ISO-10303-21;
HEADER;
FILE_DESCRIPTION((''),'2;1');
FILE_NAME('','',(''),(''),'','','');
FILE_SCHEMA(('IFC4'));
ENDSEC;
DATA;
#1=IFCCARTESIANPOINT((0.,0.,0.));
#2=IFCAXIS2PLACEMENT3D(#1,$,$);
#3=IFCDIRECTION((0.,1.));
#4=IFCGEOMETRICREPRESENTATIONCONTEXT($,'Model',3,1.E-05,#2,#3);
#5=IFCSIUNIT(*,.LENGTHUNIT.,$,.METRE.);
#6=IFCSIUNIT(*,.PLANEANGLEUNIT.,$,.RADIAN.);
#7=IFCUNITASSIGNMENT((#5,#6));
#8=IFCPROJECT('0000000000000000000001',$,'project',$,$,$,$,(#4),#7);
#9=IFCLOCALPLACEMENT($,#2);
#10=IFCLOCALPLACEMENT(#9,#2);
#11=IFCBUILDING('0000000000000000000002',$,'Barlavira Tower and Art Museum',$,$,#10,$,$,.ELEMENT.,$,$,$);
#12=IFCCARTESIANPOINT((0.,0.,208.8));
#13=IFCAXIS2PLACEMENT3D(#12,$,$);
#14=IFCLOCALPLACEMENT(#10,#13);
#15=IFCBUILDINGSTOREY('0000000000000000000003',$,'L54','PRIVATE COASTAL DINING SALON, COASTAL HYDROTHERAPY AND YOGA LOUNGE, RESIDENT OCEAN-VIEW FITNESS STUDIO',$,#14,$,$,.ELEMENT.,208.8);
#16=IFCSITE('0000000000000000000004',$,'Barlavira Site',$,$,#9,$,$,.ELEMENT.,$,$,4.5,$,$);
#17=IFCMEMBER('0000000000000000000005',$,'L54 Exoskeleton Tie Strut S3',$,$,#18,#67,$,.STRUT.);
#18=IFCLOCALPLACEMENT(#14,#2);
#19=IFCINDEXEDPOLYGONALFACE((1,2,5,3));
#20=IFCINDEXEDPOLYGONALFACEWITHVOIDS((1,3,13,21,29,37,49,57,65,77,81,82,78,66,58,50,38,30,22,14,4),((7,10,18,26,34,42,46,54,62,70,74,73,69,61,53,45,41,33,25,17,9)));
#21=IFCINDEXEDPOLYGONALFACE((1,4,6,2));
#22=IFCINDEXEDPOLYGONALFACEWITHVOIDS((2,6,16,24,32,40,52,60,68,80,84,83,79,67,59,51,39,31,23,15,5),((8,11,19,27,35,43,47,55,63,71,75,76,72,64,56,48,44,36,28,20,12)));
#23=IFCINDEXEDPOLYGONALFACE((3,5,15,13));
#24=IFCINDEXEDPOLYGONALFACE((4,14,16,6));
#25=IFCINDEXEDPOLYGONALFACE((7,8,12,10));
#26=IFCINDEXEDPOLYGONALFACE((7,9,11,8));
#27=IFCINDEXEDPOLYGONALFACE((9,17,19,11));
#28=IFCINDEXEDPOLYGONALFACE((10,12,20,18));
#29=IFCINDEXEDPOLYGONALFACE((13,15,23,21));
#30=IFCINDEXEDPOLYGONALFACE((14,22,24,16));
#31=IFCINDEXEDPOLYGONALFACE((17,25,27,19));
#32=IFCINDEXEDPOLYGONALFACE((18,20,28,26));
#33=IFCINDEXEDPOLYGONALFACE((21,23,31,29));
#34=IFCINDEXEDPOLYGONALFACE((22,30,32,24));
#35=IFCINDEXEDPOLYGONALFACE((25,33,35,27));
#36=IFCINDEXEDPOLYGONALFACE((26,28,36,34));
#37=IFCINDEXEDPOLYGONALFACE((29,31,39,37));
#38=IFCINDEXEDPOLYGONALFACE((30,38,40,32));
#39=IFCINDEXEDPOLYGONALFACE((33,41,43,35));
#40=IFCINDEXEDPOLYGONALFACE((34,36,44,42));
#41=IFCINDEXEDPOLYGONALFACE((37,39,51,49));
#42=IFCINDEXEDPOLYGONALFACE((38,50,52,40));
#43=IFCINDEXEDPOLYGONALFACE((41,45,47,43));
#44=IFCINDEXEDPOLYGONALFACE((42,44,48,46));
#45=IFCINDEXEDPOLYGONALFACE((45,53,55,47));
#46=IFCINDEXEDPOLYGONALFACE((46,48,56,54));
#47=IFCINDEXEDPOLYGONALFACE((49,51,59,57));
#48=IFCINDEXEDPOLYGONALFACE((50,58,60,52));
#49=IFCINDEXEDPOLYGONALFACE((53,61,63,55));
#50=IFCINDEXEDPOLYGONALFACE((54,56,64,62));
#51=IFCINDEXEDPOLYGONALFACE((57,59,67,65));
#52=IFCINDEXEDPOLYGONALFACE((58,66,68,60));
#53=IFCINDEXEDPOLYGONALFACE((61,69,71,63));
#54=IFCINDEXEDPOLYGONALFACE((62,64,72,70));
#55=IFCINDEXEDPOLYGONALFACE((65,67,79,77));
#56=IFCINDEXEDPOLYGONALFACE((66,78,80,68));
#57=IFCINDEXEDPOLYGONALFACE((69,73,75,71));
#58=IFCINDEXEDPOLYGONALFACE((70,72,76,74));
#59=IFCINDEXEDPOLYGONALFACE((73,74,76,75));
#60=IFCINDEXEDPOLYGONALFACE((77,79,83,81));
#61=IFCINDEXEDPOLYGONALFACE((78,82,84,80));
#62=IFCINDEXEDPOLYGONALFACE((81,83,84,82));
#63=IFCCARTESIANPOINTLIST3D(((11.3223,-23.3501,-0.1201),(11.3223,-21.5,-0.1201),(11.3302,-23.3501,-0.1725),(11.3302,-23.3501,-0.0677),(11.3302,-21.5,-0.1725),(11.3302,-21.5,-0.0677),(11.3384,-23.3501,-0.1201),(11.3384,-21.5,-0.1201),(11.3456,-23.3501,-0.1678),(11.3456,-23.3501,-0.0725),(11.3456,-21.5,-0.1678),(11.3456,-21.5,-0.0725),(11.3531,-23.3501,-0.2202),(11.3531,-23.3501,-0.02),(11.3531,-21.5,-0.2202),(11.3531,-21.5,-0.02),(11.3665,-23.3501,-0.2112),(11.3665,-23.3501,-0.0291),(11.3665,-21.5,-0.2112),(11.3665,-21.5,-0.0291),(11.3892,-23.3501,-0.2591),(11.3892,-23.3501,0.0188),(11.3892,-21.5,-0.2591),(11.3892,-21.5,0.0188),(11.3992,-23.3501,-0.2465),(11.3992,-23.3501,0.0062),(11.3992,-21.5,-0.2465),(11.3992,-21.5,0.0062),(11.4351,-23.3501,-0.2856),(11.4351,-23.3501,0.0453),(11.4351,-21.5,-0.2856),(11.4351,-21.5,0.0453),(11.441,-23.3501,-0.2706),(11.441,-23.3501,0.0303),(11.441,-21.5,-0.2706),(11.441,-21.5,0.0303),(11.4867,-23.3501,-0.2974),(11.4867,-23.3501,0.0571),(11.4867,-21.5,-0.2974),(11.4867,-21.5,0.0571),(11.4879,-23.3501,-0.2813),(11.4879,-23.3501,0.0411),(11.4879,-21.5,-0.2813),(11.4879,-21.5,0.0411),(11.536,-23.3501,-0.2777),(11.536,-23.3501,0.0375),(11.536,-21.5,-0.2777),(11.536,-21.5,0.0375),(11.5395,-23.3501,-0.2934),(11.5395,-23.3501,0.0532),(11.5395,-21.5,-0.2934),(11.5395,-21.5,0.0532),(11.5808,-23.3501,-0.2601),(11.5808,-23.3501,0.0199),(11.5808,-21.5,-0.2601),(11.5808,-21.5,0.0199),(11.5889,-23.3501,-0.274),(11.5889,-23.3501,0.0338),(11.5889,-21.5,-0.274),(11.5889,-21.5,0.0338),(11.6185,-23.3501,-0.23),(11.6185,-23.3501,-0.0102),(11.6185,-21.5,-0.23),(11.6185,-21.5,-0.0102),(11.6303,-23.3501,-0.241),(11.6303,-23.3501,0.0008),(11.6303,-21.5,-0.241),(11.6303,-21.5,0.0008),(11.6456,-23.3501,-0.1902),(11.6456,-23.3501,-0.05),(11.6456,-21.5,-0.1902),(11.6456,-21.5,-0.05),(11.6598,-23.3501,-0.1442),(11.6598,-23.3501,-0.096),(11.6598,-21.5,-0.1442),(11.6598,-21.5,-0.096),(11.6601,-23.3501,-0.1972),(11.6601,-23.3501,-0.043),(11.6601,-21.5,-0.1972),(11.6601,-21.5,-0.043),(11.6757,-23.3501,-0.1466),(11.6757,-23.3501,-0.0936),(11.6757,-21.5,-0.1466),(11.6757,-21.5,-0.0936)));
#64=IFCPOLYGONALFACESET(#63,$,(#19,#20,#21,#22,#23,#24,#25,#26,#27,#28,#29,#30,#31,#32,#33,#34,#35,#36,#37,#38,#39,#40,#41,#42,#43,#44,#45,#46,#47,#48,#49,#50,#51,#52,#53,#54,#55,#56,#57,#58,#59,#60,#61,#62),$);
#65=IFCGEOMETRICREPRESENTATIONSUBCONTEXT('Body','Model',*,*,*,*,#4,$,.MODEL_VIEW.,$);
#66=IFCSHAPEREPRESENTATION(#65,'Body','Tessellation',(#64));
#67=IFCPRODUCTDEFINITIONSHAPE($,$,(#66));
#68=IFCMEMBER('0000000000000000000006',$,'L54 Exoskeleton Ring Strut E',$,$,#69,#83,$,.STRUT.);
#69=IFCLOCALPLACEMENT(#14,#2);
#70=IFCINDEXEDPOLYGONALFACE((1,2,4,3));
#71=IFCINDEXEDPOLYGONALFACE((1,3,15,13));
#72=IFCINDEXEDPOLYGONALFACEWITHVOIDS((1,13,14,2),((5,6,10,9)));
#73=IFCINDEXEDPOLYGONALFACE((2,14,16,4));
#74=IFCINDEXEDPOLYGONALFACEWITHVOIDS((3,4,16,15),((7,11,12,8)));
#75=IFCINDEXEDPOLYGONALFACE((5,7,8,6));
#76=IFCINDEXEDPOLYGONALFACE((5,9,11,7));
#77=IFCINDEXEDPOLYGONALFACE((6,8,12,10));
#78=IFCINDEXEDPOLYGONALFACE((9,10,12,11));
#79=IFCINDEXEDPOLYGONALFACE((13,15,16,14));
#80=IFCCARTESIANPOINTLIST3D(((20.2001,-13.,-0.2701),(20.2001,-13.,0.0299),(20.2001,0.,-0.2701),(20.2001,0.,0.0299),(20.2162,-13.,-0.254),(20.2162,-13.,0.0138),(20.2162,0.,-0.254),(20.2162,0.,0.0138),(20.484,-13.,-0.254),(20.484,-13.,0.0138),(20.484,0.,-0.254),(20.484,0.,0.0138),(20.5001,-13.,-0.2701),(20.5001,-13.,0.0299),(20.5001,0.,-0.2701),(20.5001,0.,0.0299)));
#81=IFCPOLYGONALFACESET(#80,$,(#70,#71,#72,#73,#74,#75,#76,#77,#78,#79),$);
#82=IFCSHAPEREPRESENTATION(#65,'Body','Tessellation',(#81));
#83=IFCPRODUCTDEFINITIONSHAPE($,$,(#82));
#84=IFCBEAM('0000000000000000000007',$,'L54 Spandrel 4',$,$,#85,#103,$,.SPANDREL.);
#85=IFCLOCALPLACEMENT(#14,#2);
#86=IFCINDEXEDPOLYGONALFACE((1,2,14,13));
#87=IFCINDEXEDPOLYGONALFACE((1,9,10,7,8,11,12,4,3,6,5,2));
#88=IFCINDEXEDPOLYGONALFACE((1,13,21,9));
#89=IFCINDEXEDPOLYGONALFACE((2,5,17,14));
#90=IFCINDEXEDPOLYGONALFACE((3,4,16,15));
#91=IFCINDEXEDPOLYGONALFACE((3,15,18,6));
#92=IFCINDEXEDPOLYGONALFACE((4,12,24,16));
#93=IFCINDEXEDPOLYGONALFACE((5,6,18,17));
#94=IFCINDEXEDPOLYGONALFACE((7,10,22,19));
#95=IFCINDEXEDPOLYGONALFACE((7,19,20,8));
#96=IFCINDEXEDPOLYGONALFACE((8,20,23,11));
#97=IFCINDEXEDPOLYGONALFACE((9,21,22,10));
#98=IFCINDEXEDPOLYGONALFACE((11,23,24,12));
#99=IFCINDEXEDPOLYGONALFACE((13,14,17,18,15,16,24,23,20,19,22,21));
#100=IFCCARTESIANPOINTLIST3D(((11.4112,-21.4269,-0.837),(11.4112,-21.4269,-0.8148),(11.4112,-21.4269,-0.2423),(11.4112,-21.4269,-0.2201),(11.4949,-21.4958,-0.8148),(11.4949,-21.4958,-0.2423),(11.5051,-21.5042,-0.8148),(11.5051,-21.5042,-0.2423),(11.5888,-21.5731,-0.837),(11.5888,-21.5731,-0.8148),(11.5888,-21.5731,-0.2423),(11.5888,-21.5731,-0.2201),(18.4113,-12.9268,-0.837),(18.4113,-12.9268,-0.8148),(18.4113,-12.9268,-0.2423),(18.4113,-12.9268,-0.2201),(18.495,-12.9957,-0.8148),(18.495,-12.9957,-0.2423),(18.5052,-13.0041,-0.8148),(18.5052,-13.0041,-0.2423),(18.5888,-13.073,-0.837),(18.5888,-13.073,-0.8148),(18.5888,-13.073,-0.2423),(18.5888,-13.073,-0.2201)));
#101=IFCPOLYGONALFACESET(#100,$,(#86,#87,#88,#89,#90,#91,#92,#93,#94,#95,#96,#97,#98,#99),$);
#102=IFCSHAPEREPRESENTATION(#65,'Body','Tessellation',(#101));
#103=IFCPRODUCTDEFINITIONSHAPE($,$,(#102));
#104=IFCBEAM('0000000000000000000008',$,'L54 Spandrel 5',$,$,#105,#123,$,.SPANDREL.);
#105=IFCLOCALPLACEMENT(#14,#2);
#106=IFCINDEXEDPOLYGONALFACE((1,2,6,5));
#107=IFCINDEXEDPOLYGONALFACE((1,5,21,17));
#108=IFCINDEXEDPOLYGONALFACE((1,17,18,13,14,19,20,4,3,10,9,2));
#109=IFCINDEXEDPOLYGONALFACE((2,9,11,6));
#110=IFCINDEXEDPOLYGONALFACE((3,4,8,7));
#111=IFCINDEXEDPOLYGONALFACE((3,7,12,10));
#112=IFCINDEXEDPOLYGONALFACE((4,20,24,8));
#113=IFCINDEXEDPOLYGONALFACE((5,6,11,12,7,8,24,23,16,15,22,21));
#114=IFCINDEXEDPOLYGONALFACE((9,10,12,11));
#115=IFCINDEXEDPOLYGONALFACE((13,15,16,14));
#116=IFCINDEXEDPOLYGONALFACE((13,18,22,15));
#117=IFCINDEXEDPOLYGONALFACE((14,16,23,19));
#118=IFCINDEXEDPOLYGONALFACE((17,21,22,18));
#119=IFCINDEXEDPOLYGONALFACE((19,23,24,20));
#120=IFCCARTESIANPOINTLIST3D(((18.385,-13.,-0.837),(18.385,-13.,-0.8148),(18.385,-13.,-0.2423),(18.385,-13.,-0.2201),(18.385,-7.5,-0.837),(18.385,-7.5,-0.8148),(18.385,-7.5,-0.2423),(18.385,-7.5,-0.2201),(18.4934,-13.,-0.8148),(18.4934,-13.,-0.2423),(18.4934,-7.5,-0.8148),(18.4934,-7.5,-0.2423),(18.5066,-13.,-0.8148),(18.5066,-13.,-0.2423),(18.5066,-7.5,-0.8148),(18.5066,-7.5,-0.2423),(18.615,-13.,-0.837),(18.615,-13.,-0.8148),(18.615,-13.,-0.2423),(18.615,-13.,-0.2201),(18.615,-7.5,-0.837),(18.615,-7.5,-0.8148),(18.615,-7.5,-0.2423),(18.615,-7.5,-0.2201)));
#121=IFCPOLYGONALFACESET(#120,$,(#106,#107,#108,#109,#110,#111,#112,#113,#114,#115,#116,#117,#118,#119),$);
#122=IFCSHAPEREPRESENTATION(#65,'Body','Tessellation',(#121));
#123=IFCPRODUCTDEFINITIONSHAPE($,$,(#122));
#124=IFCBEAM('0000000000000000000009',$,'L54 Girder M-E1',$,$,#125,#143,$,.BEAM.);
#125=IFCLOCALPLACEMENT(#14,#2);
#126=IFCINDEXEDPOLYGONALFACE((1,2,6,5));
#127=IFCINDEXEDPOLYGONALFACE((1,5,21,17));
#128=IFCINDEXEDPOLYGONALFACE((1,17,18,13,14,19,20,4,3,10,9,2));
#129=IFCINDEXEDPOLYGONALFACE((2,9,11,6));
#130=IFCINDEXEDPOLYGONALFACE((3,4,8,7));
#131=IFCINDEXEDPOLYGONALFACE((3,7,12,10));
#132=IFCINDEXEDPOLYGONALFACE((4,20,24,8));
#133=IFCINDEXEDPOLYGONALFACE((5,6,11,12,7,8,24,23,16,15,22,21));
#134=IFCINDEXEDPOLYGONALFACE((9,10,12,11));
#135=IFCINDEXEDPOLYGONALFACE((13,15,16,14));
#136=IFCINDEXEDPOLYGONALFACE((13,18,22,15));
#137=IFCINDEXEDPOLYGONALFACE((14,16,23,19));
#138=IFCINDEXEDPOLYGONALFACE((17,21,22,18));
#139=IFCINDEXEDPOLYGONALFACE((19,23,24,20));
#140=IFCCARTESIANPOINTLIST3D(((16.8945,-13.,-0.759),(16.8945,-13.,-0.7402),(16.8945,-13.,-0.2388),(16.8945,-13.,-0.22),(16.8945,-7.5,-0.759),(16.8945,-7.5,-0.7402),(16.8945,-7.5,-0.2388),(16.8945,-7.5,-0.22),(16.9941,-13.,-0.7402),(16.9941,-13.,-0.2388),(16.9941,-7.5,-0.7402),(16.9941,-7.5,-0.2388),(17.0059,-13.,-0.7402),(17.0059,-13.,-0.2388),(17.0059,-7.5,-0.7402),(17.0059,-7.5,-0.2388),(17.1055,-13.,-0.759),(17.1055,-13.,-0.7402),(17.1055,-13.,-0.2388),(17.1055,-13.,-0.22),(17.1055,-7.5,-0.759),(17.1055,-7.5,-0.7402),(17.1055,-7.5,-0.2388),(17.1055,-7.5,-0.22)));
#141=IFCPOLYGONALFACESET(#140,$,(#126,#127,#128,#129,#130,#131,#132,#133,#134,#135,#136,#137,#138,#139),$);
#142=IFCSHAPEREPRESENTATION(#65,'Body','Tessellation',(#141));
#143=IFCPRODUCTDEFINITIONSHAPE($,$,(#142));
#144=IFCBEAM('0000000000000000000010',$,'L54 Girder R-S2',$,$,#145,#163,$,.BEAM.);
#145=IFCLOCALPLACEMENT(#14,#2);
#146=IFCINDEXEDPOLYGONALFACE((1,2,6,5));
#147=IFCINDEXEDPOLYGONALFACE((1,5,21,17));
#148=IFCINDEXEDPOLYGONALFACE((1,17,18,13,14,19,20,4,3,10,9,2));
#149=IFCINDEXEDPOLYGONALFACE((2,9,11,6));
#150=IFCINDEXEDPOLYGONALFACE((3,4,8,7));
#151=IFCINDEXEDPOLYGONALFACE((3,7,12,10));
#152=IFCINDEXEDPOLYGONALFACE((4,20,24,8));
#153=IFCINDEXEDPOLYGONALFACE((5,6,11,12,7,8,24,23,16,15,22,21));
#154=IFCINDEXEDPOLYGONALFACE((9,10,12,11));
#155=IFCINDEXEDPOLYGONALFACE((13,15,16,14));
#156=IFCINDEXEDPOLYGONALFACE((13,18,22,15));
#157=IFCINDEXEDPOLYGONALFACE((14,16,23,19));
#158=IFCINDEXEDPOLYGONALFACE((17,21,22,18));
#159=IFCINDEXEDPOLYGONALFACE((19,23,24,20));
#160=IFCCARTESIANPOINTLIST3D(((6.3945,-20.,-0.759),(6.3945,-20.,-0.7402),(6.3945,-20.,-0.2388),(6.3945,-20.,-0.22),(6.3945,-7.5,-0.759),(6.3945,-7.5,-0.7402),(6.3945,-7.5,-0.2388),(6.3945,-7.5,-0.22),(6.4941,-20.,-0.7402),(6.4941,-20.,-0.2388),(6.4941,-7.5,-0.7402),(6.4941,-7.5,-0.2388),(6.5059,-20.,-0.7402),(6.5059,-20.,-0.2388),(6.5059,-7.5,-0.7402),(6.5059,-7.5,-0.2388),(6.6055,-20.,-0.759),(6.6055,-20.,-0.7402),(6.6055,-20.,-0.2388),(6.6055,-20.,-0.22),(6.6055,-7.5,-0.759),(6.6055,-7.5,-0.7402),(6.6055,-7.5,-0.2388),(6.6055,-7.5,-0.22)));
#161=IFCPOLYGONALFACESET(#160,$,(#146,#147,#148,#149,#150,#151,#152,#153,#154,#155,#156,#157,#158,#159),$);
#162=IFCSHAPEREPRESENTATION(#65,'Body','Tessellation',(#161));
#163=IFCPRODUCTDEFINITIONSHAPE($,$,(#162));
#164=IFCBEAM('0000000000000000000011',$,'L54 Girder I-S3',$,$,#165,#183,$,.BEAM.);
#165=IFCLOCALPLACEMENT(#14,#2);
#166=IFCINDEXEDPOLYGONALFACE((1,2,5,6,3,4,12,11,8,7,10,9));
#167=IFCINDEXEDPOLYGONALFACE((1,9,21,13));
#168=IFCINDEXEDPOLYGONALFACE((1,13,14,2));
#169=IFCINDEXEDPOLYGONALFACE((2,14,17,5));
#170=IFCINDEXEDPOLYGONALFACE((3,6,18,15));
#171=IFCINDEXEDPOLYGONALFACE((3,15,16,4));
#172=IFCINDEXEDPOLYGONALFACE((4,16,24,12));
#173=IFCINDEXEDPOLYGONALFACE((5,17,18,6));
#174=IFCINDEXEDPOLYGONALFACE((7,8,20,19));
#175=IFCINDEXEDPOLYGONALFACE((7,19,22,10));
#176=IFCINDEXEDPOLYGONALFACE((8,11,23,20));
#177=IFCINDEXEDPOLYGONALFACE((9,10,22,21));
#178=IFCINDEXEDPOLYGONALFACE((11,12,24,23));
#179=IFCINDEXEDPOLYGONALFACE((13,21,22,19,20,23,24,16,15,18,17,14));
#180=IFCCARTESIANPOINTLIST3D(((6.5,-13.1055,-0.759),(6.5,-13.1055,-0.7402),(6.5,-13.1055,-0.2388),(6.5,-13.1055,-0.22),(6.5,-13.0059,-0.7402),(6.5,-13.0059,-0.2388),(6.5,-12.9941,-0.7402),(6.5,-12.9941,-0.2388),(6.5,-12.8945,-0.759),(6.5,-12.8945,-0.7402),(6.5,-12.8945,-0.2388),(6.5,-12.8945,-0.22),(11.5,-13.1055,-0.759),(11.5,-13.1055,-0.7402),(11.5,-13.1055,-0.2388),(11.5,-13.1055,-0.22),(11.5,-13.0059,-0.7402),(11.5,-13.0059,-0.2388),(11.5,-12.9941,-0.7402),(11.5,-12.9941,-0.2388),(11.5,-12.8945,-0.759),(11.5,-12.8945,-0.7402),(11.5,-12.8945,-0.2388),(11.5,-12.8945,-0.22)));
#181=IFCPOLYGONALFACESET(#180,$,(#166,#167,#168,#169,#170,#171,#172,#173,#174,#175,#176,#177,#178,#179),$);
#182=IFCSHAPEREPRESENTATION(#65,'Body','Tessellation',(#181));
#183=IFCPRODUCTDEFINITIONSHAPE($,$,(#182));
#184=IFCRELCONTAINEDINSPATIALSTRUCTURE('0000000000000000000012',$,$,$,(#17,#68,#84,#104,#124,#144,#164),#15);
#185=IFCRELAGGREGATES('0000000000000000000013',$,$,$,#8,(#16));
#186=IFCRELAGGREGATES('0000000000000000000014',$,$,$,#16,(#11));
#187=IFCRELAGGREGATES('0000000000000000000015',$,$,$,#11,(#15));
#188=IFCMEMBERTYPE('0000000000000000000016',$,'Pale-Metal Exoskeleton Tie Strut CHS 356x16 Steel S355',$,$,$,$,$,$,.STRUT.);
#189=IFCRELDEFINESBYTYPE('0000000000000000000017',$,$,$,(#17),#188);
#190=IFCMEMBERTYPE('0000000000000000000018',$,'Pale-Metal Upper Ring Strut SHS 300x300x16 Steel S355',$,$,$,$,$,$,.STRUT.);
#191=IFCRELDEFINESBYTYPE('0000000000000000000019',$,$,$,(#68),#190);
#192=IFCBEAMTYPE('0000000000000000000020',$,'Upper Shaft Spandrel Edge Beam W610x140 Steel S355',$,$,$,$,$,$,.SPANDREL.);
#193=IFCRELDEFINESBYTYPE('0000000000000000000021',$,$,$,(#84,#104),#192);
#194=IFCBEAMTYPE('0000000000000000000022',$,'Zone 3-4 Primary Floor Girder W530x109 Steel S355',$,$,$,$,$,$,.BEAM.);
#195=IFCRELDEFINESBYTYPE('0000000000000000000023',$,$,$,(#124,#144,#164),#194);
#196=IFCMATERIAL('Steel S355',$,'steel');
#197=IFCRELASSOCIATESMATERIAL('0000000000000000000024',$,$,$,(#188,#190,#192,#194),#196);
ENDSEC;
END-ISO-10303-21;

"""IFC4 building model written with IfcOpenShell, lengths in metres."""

from ifc_helpers import new_model, si_unit, direction, frame, origin, origin_2d, place, context, subcontext, project, spatial, hollow_rectangle, hollow_circle, i_section, extrude, material, material_profile, profile_set, type_object, element, save


model = new_model("IFC4")

# Units and contexts
model_context = context("Model", 3, precision=1e-05, world=origin(), true_north=direction((0.0, 1.0)))
body_context = subcontext(model_context, "Body", "Model", "MODEL_VIEW")
ifc_project = project(units=[si_unit("LENGTHUNIT", "METRE"), si_unit("PLANEANGLEUNIT", "RADIAN")], contexts=[model_context])

# Site, building, storey
site_placement = place(None, origin())
site = spatial("IfcSite", under=ifc_project, at=site_placement, Name="Barlavira Site", CompositionType="ELEMENT", RefElevation=4.5)
building_placement = place(site_placement, origin())
building = spatial("IfcBuilding", under=site, at=building_placement, Name="Barlavira Tower and Art Museum", CompositionType="ELEMENT")
storey_placement = place(building_placement, frame((0.0, 0.0, 208.8)))
storey = spatial("IfcBuildingStorey", under=building, at=storey_placement, Name="L54", Description="PRIVATE COASTAL DINING SALON, COASTAL HYDROTHERAPY AND YOGA LOUNGE, RESIDENT OCEAN-VIEW FITNESS STUDIO", CompositionType="ELEMENT", Elevation=208.8)

# Members
ifc_material_1 = material(Name="Steel S355", Category="steel")
ifc_material_profile_1 = material_profile(ifc_material_1, hollow_circle(Radius=0.1777, WallThickness=0.0161, at=origin_2d()), Name="CHS 355.6x16.0")
ifc_profile_set_1 = profile_set([ifc_material_profile_1], Name="Steel S355")
member_type_1 = type_object("IfcMemberType", Name="Pale-Metal Exoskeleton Tie Strut CHS 356x16 Steel S355", PredefinedType="STRUT", material=ifc_profile_set_1)
member_1_placement = place(storey_placement, frame((11.5, -23.3501, -0.1201), z_axis=(0.0, 1.0, 0.0), x_axis=(-1.0, 0.0, 0.0)))
element("IfcMember", 1, at=member_1_placement, inside=storey, type_object=member_type_1, Name="L54 Exoskeleton Tie Strut S3", PredefinedType="STRUT", context=body_context, shape_type="SweptSolid", body=[
    extrude(hollow_circle(Radius=0.1777, WallThickness=0.0161, at=origin_2d()), origin(), (0.0, 0.0, 1.0), 1.8501),
])
ifc_material_profile_2 = material_profile(ifc_material_1, hollow_rectangle(XDim=0.3, YDim=0.3, WallThickness=0.0161, at=origin_2d()), Name="SHS 300x300x16.0")
ifc_profile_set_2 = profile_set([ifc_material_profile_2], Name="Steel S355")
member_type_2 = type_object("IfcMemberType", Name="Pale-Metal Upper Ring Strut SHS 300x300x16 Steel S355", PredefinedType="STRUT", material=ifc_profile_set_2)
member_2_placement = place(storey_placement, frame((20.3501, -13.0, -0.1201), z_axis=(0.0, 1.0, 0.0), x_axis=(-1.0, 0.0, 0.0)))
element("IfcMember", 2, at=member_2_placement, inside=storey, type_object=member_type_2, Name="L54 Exoskeleton Ring Strut E", PredefinedType="STRUT", context=body_context, shape_type="SweptSolid", body=[
    extrude(hollow_rectangle(XDim=0.3, YDim=0.3, WallThickness=0.0161, at=origin_2d()), origin(), (0.0, 0.0, 1.0), 13.0),
])

# Beams
ifc_material_profile_3 = material_profile(ifc_material_1, i_section(OverallWidth=0.23, OverallDepth=0.6169, WebThickness=0.0132, FlangeThickness=0.0222, at=origin_2d()), Name="W610x140.0")
ifc_profile_set_3 = profile_set([ifc_material_profile_3], Name="Steel S355")
beam_type_1 = type_object("IfcBeamType", Name="Upper Shaft Spandrel Edge Beam W610x140 Steel S355", PredefinedType="SPANDREL", material=ifc_profile_set_3)
beam_1_placement = place(storey_placement, frame((11.5, -21.5, -0.5286), z_axis=(0.635707, 0.77193, 0.0), x_axis=(-0.77193, 0.635707, 0.0)))
element("IfcBeam", 3, at=beam_1_placement, inside=storey, type_object=beam_type_1, Name="L54 Spandrel 4", PredefinedType="SPANDREL", context=body_context, shape_type="SweptSolid", body=[
    extrude(i_section(OverallWidth=0.23, OverallDepth=0.6169, WebThickness=0.0132, FlangeThickness=0.0222, at=origin_2d()), origin(), (0.0, 0.0, 1.0), 11.0115),
])
beam_2_placement = place(storey_placement, frame((18.5, -13.0, -0.5286), z_axis=(0.0, 1.0, 0.0), x_axis=(-1.0, 0.0, 0.0)))
element("IfcBeam", 4, at=beam_2_placement, inside=storey, type_object=beam_type_1, Name="L54 Spandrel 5", PredefinedType="SPANDREL", context=body_context, shape_type="SweptSolid", body=[
    extrude(i_section(OverallWidth=0.23, OverallDepth=0.6169, WebThickness=0.0132, FlangeThickness=0.0222, at=origin_2d()), origin(), (0.0, 0.0, 1.0), 5.5),
])
ifc_material_profile_4 = material_profile(ifc_material_1, i_section(OverallWidth=0.2109, OverallDepth=0.5391, WebThickness=0.0117, FlangeThickness=0.0188, at=origin_2d()), Name="W530x109.0")
ifc_profile_set_4 = profile_set([ifc_material_profile_4], Name="Steel S355")
beam_type_2 = type_object("IfcBeamType", Name="Zone 3-4 Primary Floor Girder W530x109 Steel S355", PredefinedType="BEAM", material=ifc_profile_set_4)
beam_3_placement = place(storey_placement, frame((17.0, -13.0, -0.4895), z_axis=(0.0, 1.0, 0.0), x_axis=(-1.0, 0.0, 0.0)))
element("IfcBeam", 5, at=beam_3_placement, inside=storey, type_object=beam_type_2, Name="L54 Girder M-E1", PredefinedType="BEAM", context=body_context, shape_type="SweptSolid", body=[
    extrude(i_section(OverallWidth=0.2109, OverallDepth=0.5391, WebThickness=0.0117, FlangeThickness=0.0188, at=origin_2d()), origin(), (0.0, 0.0, 1.0), 5.5),
])
beam_4_placement = place(storey_placement, frame((6.5, -20.0, -0.4895), z_axis=(0.0, 1.0, 0.0), x_axis=(-1.0, 0.0, 0.0)))
element("IfcBeam", 6, at=beam_4_placement, inside=storey, type_object=beam_type_2, Name="L54 Girder R-S2", PredefinedType="BEAM", context=body_context, shape_type="SweptSolid", body=[
    extrude(i_section(OverallWidth=0.2109, OverallDepth=0.5391, WebThickness=0.0117, FlangeThickness=0.0188, at=origin_2d()), origin(), (0.0, 0.0, 1.0), 12.5),
])
beam_5_placement = place(storey_placement, frame((6.5, -13.0, -0.4895), z_axis=(1.0, 0.0, 0.0), x_axis=(0.0, 1.0, 0.0)))
element("IfcBeam", 7, at=beam_5_placement, inside=storey, type_object=beam_type_2, Name="L54 Girder I-S3", PredefinedType="BEAM", context=body_context, shape_type="SweptSolid", body=[
    extrude(i_section(OverallWidth=0.2109, OverallDepth=0.5391, WebThickness=0.0117, FlangeThickness=0.0188, at=origin_2d()), origin(), (0.0, 0.0, 1.0), 5.0),
])

save(model, "model.ifc")
